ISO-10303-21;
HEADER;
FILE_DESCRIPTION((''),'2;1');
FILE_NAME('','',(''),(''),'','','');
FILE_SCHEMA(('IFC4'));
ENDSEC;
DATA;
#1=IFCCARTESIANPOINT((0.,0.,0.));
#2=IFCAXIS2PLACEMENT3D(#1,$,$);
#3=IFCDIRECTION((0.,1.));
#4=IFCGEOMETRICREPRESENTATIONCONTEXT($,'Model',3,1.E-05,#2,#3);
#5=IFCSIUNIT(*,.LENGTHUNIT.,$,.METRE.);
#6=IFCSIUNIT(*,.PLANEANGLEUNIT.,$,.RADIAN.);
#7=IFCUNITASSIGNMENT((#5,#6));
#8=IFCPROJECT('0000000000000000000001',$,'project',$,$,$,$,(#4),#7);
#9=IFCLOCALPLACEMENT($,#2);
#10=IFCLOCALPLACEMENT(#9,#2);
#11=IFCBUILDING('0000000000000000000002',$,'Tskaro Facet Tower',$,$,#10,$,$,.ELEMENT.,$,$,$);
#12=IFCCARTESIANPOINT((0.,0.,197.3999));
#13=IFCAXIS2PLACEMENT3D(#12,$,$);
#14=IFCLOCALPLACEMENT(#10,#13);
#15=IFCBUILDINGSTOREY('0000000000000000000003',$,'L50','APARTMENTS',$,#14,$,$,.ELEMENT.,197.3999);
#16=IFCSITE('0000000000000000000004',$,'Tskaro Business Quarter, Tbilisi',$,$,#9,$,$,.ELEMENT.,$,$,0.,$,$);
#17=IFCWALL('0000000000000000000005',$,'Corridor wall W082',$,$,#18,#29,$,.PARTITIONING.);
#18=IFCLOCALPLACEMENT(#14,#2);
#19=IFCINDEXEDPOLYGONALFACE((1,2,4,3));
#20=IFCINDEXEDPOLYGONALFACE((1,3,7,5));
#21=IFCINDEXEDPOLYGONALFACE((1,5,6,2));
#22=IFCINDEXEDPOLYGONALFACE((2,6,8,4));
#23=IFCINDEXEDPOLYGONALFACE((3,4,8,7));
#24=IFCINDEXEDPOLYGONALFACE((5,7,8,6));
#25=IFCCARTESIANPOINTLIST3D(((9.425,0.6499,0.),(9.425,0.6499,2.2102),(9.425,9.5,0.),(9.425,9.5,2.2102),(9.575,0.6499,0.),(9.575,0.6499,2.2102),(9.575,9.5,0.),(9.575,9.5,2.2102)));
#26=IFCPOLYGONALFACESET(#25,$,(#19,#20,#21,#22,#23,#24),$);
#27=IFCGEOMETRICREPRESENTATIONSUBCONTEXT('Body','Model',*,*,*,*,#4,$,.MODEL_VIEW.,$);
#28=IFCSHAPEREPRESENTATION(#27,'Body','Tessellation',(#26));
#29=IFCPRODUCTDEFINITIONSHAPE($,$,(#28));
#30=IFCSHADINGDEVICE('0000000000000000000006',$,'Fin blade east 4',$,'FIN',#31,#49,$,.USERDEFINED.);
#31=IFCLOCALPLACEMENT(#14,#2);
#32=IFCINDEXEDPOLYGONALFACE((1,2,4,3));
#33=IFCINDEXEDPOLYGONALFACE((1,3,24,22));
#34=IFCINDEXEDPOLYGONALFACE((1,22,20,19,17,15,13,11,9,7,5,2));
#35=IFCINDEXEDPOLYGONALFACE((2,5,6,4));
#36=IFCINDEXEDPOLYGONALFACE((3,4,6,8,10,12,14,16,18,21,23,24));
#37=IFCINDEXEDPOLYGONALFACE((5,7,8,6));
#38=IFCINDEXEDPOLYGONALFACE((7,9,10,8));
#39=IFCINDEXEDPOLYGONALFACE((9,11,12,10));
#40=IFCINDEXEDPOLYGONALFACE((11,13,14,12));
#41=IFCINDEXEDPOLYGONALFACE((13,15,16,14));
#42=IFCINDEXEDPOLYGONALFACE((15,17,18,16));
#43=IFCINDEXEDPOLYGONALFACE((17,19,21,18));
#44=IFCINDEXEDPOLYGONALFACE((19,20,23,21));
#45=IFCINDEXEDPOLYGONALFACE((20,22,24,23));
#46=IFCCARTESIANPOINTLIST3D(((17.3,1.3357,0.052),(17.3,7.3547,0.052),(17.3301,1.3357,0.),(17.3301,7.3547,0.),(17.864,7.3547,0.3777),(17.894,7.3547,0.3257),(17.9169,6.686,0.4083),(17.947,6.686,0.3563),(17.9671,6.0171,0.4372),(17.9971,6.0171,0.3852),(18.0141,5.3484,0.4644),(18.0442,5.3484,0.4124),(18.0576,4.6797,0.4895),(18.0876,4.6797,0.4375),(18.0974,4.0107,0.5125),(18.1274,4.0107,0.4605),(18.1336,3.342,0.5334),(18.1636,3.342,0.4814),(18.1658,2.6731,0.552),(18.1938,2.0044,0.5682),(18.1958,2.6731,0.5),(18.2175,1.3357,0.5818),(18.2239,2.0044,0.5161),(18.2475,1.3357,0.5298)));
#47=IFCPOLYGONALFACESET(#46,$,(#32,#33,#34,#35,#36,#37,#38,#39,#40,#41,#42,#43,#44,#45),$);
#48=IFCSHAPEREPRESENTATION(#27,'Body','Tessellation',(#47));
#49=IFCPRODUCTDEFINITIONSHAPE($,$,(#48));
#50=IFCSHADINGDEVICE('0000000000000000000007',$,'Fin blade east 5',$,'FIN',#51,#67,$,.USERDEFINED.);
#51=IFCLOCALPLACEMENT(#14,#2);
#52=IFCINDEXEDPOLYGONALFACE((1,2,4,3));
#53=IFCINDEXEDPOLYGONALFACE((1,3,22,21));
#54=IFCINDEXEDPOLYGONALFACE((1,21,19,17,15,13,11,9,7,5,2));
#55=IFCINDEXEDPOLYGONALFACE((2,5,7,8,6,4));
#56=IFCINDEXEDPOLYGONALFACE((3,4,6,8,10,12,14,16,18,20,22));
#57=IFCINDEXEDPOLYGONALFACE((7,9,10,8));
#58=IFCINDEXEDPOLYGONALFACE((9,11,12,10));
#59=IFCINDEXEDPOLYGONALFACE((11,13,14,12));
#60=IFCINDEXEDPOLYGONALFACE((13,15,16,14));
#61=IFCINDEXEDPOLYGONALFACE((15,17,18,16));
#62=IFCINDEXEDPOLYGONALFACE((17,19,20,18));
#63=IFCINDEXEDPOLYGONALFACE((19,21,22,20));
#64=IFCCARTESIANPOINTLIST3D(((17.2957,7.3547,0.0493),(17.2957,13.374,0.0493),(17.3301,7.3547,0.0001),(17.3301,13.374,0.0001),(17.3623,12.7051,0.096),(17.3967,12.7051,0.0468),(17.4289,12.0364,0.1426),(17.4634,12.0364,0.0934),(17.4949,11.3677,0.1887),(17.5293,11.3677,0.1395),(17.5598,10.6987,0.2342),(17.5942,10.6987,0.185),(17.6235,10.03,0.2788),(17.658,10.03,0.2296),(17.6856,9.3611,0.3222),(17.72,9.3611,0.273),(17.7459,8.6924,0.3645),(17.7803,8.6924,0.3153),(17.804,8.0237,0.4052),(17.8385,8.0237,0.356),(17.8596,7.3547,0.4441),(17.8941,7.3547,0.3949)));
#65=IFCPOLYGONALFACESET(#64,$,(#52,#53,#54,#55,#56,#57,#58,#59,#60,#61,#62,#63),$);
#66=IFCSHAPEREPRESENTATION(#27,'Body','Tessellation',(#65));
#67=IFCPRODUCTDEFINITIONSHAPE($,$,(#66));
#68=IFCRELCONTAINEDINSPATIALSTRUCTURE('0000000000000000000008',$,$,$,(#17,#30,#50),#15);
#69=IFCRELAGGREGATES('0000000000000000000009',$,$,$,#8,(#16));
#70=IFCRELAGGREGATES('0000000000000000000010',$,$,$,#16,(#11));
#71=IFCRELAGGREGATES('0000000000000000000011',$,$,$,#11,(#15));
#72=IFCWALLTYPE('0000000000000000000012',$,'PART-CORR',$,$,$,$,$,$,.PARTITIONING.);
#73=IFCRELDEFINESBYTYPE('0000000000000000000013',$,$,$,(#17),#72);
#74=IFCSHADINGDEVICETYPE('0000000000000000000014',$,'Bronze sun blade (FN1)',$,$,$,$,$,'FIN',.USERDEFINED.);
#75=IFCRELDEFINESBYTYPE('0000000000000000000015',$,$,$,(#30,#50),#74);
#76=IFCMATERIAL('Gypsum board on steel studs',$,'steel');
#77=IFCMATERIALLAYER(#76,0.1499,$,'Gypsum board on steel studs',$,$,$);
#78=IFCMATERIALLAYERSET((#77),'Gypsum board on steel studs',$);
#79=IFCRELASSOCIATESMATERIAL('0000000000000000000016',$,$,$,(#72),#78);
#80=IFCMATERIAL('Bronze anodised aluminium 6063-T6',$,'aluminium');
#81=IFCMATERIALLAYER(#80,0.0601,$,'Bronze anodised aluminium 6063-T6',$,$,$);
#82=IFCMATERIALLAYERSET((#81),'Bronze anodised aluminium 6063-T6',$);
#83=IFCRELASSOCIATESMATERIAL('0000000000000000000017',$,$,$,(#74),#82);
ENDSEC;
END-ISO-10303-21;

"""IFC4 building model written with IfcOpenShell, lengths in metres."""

from ifc_helpers import new_model, si_unit, direction, frame, frame_2d, origin, place, context, subcontext, project, spatial, polyline, rectangle, outline, extrude, material, layer, layer_set, type_object, element, save


model = new_model("IFC4")

# Units and contexts
model_context = context("Model", 3, precision=1e-05, world=origin(), true_north=direction((0.0, 1.0)))
body_context = subcontext(model_context, "Body", "Model", "MODEL_VIEW")
ifc_project = project(units=[si_unit("LENGTHUNIT", "METRE"), si_unit("PLANEANGLEUNIT", "RADIAN")], contexts=[model_context])

# Site, building, storey
site_placement = place(None, origin())
site = spatial("IfcSite", under=ifc_project, at=site_placement, Name="Tskaro Business Quarter, Tbilisi", CompositionType="ELEMENT", RefElevation=0.0)
building_placement = place(site_placement, origin())
building = spatial("IfcBuilding", under=site, at=building_placement, Name="Tskaro Facet Tower", CompositionType="ELEMENT")
storey_placement = place(building_placement, frame((0.0, 0.0, 197.3999)))
storey = spatial("IfcBuildingStorey", under=building, at=storey_placement, Name="L50", Description="APARTMENTS", CompositionType="ELEMENT", Elevation=197.3999)

# Shared definitions
ifc_material_1 = material(Name="Bronze anodised aluminium 6063-T6", Category="aluminium")

# Shared definitions
ifc_material_2 = material(Name="Gypsum board on steel studs", Category="steel")

# Wall
ifc_layer_1 = layer(ifc_material_2, 0.1499, Name="Gypsum board on steel studs")
ifc_layer_set_1 = layer_set([ifc_layer_1], Name="Gypsum board on steel studs")
wall_type_1 = type_object("IfcWallType", Name="PART-CORR", PredefinedType="PARTITIONING", material=ifc_layer_set_1)
wall_1_placement = place(storey_placement, frame((9.5, 0.6499, 0.0), z_axis=(0.0, 0.0, 1.0), x_axis=(0.0, 1.0, 0.0)))
element("IfcWall", 1, at=wall_1_placement, inside=storey, type_object=wall_type_1, Name="Corridor wall W082", PredefinedType="PARTITIONING", context=body_context, shape_type="SweptSolid", body=[
    extrude(rectangle(XDim=8.8501, YDim=0.1499, at=frame_2d((4.425, 0.0))), origin(), (0.0, 0.0, 1.0), 2.2102),
])

# Shading devices
ifc_layer_2 = layer(ifc_material_1, 0.0601, Name="Bronze anodised aluminium 6063-T6")
ifc_layer_set_2 = layer_set([ifc_layer_2], Name="Bronze anodised aluminium 6063-T6")
shading_device_type = type_object("IfcShadingDeviceType", Name="Bronze sun blade (FN1)", ElementType="FIN", PredefinedType="USERDEFINED", material=ifc_layer_set_2)
shading_device_1_placement = place(storey_placement, frame((17.3, 1.3357, 0.052), z_axis=(-0.500094, -0.000005, 0.865971), x_axis=(-0.000002, 1.0, 0.000004)))
element("IfcShadingDevice", 2, at=shading_device_1_placement, inside=storey, type_object=shading_device_type, Name="Fin blade east 4", ObjectType="FIN", PredefinedType="USERDEFINED", context=body_context, shape_type="SweptSolid", body=[
    extrude(outline(polyline([(0.0, 0.0), (6.019, 0.0), (6.019, -0.6512), (5.3503, -0.7124), (4.6814, -0.7703), (4.0127, -0.8246), (3.344, -0.8748), (2.675, -0.9208), (2.0063, -0.9626), (1.3374, -0.9997), (0.6687, -1.0321), (0.0, -1.0595), (0.0, 0.0)])), origin(), (0.0, 0.0, -1.0), 0.0601),
])
shading_device_2_placement = place(storey_placement, frame((17.2957, 7.3547, 0.0493), z_axis=(-0.573457, 0.000001, 0.819236), x_axis=(0.000001, 1.0, -0.000001)))
element("IfcShadingDevice", 3, at=shading_device_2_placement, inside=storey, type_object=shading_device_type, Name="Fin blade east 5", ObjectType="FIN", PredefinedType="USERDEFINED", context=body_context, shape_type="SweptSolid", body=[
    extrude(outline(polyline([(0.0, 0.0), (6.0193, 0.0), (5.3503, -0.0813), (4.6816, -0.1627), (4.0129, -0.2431), (3.344, -0.3224), (2.6753, -0.4002), (2.0063, -0.4759), (1.3376, -0.5496), (0.6689, -0.6205), (0.0, -0.6884), (0.0, 0.0)])), origin(), (0.0, 0.0, -1.0), 0.0601),
])

save(model, "model.ifc")
